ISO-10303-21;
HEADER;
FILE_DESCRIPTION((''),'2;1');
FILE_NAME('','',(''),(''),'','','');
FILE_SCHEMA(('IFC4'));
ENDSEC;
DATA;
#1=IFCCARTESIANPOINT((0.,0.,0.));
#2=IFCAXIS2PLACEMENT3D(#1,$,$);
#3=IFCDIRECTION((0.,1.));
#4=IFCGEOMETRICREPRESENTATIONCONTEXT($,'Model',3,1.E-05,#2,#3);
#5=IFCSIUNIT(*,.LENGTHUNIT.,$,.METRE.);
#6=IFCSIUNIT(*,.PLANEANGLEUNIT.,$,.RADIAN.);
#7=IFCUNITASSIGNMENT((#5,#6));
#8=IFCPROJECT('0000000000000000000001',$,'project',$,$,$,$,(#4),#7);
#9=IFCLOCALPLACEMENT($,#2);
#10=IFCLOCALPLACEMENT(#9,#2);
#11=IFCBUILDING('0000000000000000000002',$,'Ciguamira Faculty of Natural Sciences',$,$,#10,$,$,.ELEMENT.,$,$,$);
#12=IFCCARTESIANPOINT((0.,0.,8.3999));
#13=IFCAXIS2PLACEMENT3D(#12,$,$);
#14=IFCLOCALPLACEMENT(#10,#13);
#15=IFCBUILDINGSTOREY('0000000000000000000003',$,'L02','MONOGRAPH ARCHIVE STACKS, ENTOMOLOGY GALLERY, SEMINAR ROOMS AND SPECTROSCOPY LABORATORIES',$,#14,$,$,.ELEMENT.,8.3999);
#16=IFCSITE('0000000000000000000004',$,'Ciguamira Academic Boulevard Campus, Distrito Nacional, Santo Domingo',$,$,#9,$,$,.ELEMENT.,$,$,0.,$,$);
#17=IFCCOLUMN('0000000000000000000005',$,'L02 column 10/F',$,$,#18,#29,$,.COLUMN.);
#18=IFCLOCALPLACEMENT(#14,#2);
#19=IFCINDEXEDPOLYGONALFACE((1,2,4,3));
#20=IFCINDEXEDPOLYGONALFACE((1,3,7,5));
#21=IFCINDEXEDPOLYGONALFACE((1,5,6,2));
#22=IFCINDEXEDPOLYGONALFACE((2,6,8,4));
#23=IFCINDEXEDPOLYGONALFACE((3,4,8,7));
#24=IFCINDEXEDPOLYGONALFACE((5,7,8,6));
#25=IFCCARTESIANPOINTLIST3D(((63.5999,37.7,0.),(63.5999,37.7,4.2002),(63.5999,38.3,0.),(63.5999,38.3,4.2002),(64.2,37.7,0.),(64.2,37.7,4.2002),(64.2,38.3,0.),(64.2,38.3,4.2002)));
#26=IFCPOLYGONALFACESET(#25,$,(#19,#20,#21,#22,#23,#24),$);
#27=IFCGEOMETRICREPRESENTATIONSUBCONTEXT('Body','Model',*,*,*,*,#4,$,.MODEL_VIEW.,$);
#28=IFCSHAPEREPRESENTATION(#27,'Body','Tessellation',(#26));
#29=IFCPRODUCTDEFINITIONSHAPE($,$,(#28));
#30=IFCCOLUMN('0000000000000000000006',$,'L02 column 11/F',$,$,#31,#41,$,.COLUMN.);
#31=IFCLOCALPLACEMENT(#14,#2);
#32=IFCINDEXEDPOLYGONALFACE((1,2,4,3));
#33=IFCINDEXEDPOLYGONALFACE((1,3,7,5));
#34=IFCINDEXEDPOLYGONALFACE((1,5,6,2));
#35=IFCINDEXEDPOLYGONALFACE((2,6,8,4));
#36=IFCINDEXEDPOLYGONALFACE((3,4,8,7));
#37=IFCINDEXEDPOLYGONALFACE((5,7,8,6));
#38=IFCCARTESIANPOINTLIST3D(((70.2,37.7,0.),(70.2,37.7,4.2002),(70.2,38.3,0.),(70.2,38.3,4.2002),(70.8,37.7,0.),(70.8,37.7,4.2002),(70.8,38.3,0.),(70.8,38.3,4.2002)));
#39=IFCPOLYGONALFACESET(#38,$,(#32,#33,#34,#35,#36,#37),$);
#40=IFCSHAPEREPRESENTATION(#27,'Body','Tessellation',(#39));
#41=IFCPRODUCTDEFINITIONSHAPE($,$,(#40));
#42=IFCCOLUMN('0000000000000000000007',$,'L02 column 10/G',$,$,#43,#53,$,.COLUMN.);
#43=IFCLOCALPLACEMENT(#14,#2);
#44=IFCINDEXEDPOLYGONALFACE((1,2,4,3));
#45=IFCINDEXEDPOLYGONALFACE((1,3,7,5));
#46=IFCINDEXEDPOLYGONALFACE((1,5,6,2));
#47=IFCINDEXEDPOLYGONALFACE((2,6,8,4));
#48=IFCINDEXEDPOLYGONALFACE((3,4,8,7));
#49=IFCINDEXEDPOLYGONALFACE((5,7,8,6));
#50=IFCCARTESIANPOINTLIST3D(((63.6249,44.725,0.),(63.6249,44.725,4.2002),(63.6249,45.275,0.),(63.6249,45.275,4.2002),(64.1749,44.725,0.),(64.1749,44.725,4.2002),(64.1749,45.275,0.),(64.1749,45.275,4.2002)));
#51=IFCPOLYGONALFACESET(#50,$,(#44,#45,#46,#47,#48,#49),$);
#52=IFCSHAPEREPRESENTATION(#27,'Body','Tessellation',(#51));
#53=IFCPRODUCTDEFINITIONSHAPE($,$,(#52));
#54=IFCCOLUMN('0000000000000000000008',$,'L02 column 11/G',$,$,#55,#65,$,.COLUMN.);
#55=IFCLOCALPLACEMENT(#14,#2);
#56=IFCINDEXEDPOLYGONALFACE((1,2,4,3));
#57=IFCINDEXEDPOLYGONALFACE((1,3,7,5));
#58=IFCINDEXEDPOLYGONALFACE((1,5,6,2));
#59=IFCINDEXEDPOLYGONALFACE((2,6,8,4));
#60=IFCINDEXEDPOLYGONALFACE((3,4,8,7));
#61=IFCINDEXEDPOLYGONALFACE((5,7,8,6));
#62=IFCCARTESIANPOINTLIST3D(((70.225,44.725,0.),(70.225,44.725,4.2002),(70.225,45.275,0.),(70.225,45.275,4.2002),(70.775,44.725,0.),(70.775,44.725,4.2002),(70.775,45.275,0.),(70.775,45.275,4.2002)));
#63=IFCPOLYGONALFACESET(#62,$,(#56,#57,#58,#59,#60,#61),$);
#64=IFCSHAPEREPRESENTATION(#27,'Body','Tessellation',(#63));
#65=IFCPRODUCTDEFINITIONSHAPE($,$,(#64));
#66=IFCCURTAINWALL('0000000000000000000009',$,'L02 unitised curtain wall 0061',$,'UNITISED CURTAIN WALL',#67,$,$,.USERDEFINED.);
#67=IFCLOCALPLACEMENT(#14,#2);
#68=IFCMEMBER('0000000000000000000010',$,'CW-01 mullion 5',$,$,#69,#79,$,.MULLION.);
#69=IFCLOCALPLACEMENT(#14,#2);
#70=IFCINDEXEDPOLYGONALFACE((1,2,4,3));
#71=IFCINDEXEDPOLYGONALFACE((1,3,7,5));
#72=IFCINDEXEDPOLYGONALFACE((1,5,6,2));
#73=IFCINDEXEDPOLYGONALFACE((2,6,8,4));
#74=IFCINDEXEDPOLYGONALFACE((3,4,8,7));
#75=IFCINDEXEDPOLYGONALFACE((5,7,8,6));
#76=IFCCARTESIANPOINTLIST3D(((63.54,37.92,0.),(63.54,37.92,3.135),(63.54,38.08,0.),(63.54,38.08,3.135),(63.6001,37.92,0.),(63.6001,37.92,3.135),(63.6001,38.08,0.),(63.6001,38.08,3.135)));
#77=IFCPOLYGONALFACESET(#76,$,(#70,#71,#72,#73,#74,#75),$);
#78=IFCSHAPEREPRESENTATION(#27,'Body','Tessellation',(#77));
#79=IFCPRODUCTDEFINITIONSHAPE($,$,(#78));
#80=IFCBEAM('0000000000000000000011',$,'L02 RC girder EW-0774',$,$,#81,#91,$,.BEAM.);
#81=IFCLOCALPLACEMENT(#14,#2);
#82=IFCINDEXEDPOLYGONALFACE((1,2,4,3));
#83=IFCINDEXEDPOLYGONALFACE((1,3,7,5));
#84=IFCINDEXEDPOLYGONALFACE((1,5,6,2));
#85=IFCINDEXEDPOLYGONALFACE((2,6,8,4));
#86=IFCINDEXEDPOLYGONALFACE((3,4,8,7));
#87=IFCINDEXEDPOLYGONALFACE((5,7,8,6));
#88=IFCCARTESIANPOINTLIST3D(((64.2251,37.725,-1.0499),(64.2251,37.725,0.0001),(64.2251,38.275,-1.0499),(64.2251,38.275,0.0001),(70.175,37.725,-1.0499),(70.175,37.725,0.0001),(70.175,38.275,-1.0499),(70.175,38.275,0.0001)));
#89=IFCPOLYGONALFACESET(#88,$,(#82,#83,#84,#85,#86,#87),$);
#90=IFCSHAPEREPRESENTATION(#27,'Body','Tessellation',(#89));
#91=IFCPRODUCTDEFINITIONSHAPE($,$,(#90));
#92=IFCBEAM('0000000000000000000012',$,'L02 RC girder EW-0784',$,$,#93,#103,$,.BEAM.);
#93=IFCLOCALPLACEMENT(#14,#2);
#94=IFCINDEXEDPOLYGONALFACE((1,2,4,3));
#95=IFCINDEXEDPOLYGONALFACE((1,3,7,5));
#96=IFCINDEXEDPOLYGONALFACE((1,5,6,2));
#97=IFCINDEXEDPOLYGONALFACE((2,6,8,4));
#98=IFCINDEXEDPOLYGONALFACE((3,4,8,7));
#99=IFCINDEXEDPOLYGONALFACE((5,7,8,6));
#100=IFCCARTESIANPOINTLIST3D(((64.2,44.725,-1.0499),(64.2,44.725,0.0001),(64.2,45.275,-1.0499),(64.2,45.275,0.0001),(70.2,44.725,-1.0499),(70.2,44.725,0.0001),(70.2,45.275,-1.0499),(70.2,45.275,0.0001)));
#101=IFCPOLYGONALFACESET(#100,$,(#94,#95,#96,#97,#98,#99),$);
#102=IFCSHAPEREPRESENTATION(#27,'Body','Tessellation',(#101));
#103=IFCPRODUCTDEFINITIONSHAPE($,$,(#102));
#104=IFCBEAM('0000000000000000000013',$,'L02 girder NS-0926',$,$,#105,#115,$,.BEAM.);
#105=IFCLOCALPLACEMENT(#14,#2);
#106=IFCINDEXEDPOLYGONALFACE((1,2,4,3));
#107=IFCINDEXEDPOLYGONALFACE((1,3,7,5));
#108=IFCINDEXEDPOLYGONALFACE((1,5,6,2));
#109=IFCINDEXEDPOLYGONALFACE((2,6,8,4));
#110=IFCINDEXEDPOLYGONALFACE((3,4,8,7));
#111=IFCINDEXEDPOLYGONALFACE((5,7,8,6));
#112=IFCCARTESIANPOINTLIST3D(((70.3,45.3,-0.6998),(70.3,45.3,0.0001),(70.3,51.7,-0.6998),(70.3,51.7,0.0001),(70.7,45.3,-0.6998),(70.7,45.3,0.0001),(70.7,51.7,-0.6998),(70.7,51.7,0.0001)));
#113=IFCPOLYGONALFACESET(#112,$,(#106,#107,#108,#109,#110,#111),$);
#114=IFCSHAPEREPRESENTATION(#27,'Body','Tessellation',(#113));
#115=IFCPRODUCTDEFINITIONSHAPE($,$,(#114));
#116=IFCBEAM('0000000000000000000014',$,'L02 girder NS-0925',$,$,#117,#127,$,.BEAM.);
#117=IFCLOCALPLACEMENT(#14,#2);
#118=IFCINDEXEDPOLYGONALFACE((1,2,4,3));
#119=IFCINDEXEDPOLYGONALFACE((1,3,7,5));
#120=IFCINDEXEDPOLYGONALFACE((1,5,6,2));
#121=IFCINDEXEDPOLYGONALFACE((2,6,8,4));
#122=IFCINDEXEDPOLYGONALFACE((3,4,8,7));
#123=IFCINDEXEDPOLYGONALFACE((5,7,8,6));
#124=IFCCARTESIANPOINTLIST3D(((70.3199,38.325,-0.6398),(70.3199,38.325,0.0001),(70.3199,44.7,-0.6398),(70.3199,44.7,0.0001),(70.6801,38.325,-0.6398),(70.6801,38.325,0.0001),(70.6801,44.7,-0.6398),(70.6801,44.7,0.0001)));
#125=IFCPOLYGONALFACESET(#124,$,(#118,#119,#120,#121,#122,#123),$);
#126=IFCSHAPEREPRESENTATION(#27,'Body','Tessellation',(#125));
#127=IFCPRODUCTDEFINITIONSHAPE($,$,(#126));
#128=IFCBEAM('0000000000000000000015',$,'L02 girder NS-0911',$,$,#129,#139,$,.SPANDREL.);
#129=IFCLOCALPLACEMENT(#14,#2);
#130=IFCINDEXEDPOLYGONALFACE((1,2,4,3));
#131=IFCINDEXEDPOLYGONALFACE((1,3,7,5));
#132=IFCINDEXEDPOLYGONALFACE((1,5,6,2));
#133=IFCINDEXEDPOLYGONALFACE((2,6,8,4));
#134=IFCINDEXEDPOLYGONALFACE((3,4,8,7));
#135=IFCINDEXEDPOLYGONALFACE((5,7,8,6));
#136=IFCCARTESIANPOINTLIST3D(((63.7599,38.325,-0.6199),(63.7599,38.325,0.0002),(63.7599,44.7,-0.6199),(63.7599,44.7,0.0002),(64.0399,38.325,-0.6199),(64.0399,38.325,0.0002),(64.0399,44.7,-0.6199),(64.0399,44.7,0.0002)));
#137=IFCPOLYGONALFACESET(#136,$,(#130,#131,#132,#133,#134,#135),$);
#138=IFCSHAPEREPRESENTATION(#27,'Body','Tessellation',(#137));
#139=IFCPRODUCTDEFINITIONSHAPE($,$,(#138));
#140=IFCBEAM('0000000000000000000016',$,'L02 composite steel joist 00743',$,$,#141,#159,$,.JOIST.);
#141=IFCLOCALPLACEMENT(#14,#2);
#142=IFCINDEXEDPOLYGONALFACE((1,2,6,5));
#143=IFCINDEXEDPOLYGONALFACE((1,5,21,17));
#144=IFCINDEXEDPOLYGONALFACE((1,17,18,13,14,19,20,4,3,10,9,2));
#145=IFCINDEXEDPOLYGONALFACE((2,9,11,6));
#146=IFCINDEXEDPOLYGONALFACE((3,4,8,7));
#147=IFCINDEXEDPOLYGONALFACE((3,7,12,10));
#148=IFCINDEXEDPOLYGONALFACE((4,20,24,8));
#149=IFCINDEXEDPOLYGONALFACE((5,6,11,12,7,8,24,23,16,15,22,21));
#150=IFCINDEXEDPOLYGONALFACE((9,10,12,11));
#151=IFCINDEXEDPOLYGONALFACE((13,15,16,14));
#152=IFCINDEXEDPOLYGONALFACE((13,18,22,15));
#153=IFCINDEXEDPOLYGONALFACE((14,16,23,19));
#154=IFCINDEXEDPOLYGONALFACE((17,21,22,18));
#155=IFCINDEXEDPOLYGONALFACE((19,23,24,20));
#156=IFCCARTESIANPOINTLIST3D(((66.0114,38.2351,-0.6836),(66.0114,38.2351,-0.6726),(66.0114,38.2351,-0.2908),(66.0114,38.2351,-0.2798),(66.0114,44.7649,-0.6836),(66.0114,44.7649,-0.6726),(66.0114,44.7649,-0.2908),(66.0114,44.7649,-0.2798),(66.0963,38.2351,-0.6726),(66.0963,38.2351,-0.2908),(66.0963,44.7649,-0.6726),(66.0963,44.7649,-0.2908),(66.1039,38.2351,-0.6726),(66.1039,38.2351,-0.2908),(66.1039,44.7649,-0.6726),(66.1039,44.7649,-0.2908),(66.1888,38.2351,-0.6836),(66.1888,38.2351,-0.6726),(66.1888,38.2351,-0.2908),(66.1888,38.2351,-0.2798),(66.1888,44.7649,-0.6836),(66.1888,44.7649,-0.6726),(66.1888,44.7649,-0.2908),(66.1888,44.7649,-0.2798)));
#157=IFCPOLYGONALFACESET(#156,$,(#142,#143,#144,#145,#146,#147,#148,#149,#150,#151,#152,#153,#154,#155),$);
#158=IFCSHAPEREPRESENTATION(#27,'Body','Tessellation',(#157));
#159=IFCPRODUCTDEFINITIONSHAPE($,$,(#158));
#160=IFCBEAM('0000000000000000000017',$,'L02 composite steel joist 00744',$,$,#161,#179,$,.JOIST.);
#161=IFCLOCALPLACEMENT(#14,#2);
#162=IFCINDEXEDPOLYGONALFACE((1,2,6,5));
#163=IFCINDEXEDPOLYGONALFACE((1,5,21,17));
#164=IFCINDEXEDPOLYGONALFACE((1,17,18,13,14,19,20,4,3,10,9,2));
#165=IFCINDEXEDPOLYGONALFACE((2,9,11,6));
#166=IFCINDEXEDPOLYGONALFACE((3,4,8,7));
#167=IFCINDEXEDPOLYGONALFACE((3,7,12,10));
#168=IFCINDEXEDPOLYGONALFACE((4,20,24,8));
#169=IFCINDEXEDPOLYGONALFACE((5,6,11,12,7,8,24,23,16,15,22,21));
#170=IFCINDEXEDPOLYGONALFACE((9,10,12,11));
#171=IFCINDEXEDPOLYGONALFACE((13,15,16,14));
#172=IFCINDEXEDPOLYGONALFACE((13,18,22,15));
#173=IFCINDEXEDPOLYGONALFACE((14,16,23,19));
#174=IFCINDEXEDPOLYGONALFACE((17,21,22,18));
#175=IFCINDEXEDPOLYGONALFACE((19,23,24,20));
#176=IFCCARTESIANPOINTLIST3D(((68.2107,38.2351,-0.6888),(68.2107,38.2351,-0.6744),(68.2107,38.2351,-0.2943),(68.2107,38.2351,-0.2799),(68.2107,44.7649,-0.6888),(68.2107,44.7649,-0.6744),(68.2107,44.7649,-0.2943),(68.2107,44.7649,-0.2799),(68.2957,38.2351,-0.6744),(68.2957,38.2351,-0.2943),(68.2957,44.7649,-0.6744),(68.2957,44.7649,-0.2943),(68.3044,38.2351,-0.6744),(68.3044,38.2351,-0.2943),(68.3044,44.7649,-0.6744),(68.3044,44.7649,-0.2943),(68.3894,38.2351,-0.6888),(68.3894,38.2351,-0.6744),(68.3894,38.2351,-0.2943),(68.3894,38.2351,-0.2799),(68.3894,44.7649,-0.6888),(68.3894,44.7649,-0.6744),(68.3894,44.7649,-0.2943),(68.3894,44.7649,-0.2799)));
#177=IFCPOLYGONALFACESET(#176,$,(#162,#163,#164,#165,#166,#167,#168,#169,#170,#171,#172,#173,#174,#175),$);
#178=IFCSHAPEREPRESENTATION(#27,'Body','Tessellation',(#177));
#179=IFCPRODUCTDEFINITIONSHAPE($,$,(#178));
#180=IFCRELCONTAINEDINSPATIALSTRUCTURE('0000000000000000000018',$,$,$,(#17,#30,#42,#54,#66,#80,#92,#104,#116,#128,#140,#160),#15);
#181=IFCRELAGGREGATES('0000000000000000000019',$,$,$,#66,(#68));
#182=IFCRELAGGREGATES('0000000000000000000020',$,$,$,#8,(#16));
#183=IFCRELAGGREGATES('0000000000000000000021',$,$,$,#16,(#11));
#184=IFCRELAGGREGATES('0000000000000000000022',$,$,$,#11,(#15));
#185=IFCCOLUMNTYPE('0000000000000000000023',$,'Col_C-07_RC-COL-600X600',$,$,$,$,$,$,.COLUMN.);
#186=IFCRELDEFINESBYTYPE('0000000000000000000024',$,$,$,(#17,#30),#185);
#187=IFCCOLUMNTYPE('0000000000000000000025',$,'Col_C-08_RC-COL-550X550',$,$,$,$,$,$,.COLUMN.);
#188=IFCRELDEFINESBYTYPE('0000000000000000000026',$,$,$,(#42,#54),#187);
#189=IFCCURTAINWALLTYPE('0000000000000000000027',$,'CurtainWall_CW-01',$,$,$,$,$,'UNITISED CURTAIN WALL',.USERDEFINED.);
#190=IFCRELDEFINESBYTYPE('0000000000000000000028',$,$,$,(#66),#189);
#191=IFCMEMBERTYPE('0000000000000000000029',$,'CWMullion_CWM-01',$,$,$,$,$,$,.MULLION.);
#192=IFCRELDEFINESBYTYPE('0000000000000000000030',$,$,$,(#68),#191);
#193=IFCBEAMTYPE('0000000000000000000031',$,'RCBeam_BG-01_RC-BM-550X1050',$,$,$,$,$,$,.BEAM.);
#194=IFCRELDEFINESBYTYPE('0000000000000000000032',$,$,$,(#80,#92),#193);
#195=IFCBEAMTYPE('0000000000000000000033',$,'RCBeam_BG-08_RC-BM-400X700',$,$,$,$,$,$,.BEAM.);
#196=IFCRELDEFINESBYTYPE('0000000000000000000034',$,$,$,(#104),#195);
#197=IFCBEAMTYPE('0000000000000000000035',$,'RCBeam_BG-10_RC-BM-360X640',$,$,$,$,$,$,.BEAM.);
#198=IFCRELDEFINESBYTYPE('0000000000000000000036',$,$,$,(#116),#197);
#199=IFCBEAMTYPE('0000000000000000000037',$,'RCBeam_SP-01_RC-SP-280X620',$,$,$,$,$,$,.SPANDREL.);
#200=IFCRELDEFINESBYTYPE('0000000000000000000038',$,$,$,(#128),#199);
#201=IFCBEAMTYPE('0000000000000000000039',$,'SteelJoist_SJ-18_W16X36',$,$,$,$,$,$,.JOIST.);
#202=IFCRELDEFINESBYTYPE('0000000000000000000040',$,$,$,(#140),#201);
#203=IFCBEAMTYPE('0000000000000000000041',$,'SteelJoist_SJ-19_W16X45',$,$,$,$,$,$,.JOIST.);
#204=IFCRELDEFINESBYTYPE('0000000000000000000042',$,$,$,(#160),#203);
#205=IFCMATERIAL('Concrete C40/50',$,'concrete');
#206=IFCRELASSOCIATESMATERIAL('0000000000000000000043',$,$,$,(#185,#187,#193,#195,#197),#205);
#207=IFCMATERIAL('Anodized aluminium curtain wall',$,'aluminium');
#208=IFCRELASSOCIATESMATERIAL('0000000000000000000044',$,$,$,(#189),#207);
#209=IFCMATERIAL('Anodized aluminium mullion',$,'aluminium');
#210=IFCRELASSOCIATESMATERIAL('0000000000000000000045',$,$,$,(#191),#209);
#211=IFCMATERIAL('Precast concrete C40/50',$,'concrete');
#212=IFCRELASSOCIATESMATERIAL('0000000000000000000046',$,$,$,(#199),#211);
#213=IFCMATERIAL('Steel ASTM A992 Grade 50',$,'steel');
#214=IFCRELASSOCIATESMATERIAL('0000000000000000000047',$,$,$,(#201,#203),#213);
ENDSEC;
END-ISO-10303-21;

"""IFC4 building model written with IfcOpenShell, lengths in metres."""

from ifc_helpers import new_model, si_unit, direction, frame, origin, origin_2d, place, context, subcontext, project, spatial, rectangle, i_section, extrude, material, material_profile, profile_set, type_object, element, aggregate, save


model = new_model("IFC4")

# Units and contexts
model_context = context("Model", 3, precision=1e-05, world=origin(), true_north=direction((0.0, 1.0)))
body_context = subcontext(model_context, "Body", "Model", "MODEL_VIEW")
ifc_project = project(units=[si_unit("LENGTHUNIT", "METRE"), si_unit("PLANEANGLEUNIT", "RADIAN")], contexts=[model_context])

# Site, building, storey
site_placement = place(None, origin())
site = spatial("IfcSite", under=ifc_project, at=site_placement, Name="Ciguamira Academic Boulevard Campus, Distrito Nacional, Santo Domingo", CompositionType="ELEMENT", RefElevation=0.0)
building_placement = place(site_placement, origin())
building = spatial("IfcBuilding", under=site, at=building_placement, Name="Ciguamira Faculty of Natural Sciences", CompositionType="ELEMENT")
storey_placement = place(building_placement, frame((0.0, 0.0, 8.3999)))
storey = spatial("IfcBuildingStorey", under=building, at=storey_placement, Name="L02", Description="MONOGRAPH ARCHIVE STACKS, ENTOMOLOGY GALLERY, SEMINAR ROOMS AND SPECTROSCOPY LABORATORIES", CompositionType="ELEMENT", Elevation=8.3999)

# Columns
ifc_material_1 = material(Name="Concrete C40/50", Category="concrete")
ifc_material_profile_1 = material_profile(ifc_material_1, rectangle(XDim=0.6001, YDim=0.6001, at=origin_2d()), Name="RC-COL-600X600")
ifc_profile_set_1 = profile_set([ifc_material_profile_1], Name="Concrete C40/50")
column_type_1 = type_object("IfcColumnType", Name="Col_C-07_RC-COL-600X600", PredefinedType="COLUMN", material=ifc_profile_set_1)
for number, where, z_axis, x_axis, name in (
    (1, (63.8999, 38.0, 0.0), (0.0, 0.0, 1.0), (1.0, 0.0, 0.0), "L02 column 10/F"),
    (2, (70.5, 38.0, 0.0), (0.0, 0.0, 1.0), (1.0, 0.0, 0.0), "L02 column 11/F"),
):
    element("IfcColumn", number, at=place(storey_placement, frame(where, z_axis=z_axis, x_axis=x_axis)), inside=storey, type_object=column_type_1, Name=name, PredefinedType="COLUMN", context=body_context, shape_type="SweptSolid", body=[
        extrude(rectangle(XDim=0.6001, YDim=0.6001, at=origin_2d()), origin(), (0.0, 0.0, 1.0), 4.2002),
    ])
ifc_material_profile_2 = material_profile(ifc_material_1, rectangle(XDim=0.55, YDim=0.55, at=origin_2d()), Name="RC-COL-550X550")
ifc_profile_set_2 = profile_set([ifc_material_profile_2], Name="Concrete C40/50")
column_type_2 = type_object("IfcColumnType", Name="Col_C-08_RC-COL-550X550", PredefinedType="COLUMN", material=ifc_profile_set_2)
for number, where, z_axis, x_axis, name in (
    (3, (63.8999, 45.0, 0.0), (0.0, 0.0, 1.0), (1.0, 0.0, 0.0), "L02 column 10/G"),
    (4, (70.5, 45.0, 0.0), (0.0, 0.0, 1.0), (1.0, 0.0, 0.0), "L02 column 11/G"),
):
    element("IfcColumn", number, at=place(storey_placement, frame(where, z_axis=z_axis, x_axis=x_axis)), inside=storey, type_object=column_type_2, Name=name, PredefinedType="COLUMN", context=body_context, shape_type="SweptSolid", body=[
        extrude(rectangle(XDim=0.55, YDim=0.55, at=origin_2d()), origin(), (0.0, 0.0, 1.0), 4.2002),
    ])

# Curtain wall, member
ifc_material_2 = material(Name="Anodized aluminium curtain wall", Category="aluminium")
curtain_wall_type = type_object("IfcCurtainWallType", Name="CurtainWall_CW-01", ElementType="UNITISED CURTAIN WALL", PredefinedType="USERDEFINED", material=ifc_material_2)
curtain_wall_placement = place(storey_placement, origin())
curtain_wall = element("IfcCurtainWall", 5, at=curtain_wall_placement, inside=storey, type_object=curtain_wall_type, Name="L02 unitised curtain wall 0061", ObjectType="UNITISED CURTAIN WALL", PredefinedType="USERDEFINED")
ifc_material_3 = material(Name="Anodized aluminium mullion", Category="aluminium")
ifc_material_profile_3 = material_profile(ifc_material_3, rectangle(XDim=0.0601, YDim=0.1599, at=origin_2d()), Name="ALU-MUL-60X160")
ifc_profile_set_3 = profile_set([ifc_material_profile_3], Name="Anodized aluminium mullion")
member_type = type_object("IfcMemberType", Name="CWMullion_CWM-01", PredefinedType="MULLION", material=ifc_profile_set_3)
member_placement = place(storey_placement, frame((63.5701, 38.0, 0.0), z_axis=(0.0, 0.0, 1.0), x_axis=(1.0, 0.0, 0.0)))
member = element("IfcMember", 6, at=member_placement, type_object=member_type, Name="CW-01 mullion 5", PredefinedType="MULLION", context=body_context, shape_type="SweptSolid", body=[
    extrude(rectangle(XDim=0.0601, YDim=0.1599, at=origin_2d()), origin(), (0.0, 0.0, 1.0), 3.135),
])

# Beams
ifc_material_profile_4 = material_profile(ifc_material_1, rectangle(XDim=0.55, YDim=1.05, at=origin_2d()), Name="RC-BM-550X1050")
ifc_profile_set_4 = profile_set([ifc_material_profile_4], Name="Concrete C40/50")
beam_type_1 = type_object("IfcBeamType", Name="RCBeam_BG-01_RC-BM-550X1050", PredefinedType="BEAM", material=ifc_profile_set_4)
beam_1_placement = place(storey_placement, frame((64.2251, 38.0, -0.5249), z_axis=(1.0, 0.0, 0.0), x_axis=(0.0, 1.0, 0.0)))
element("IfcBeam", 7, at=beam_1_placement, inside=storey, type_object=beam_type_1, Name="L02 RC girder EW-0774", PredefinedType="BEAM", context=body_context, shape_type="SweptSolid", body=[
    extrude(rectangle(XDim=0.55, YDim=1.05, at=origin_2d()), origin(), (0.0, 0.0, 1.0), 5.95),
])
beam_2_placement = place(storey_placement, frame((64.2, 45.0, -0.5249), z_axis=(1.0, 0.0, 0.0), x_axis=(0.0, 1.0, 0.0)))
element("IfcBeam", 8, at=beam_2_placement, inside=storey, type_object=beam_type_1, Name="L02 RC girder EW-0784", PredefinedType="BEAM", context=body_context, shape_type="SweptSolid", body=[
    extrude(rectangle(XDim=0.55, YDim=1.05, at=origin_2d()), origin(), (0.0, 0.0, 1.0), 6.0),
])
ifc_material_profile_5 = material_profile(ifc_material_1, rectangle(XDim=0.3999, YDim=0.7, at=origin_2d()), Name="RC-BM-400X700")
ifc_profile_set_5 = profile_set([ifc_material_profile_5], Name="Concrete C40/50")
beam_type_2 = type_object("IfcBeamType", Name="RCBeam_BG-08_RC-BM-400X700", PredefinedType="BEAM", material=ifc_profile_set_5)
beam_3_placement = place(storey_placement, frame((70.5, 45.3, -0.3499), z_axis=(0.0, 1.0, 0.0), x_axis=(-1.0, 0.0, 0.0)))
element("IfcBeam", 9, at=beam_3_placement, inside=storey, type_object=beam_type_2, Name="L02 girder NS-0926", PredefinedType="BEAM", context=body_context, shape_type="SweptSolid", body=[
    extrude(rectangle(XDim=0.3999, YDim=0.7, at=origin_2d()), origin(), (0.0, 0.0, 1.0), 6.3999),
])
ifc_material_profile_6 = material_profile(ifc_material_1, rectangle(XDim=0.3601, YDim=0.6399, at=origin_2d()), Name="RC-BM-360X640")
ifc_profile_set_6 = profile_set([ifc_material_profile_6], Name="Concrete C40/50")
beam_type_3 = type_object("IfcBeamType", Name="RCBeam_BG-10_RC-BM-360X640", PredefinedType="BEAM", material=ifc_profile_set_6)
beam_4_placement = place(storey_placement, frame((70.5, 38.325, -0.3198), z_axis=(0.0, 1.0, 0.0), x_axis=(-1.0, 0.0, 0.0)))
element("IfcBeam", 10, at=beam_4_placement, inside=storey, type_object=beam_type_3, Name="L02 girder NS-0925", PredefinedType="BEAM", context=body_context, shape_type="SweptSolid", body=[
    extrude(rectangle(XDim=0.3601, YDim=0.6399, at=origin_2d()), origin(), (0.0, 0.0, 1.0), 6.375),
])
ifc_material_4 = material(Name="Precast concrete C40/50", Category="concrete")
ifc_material_profile_7 = material_profile(ifc_material_4, rectangle(XDim=0.28, YDim=0.6201, at=origin_2d()), Name="RC-SP-280X620")
ifc_profile_set_7 = profile_set([ifc_material_profile_7], Name="Precast concrete C40/50")
beam_type_4 = type_object("IfcBeamType", Name="RCBeam_SP-01_RC-SP-280X620", PredefinedType="SPANDREL", material=ifc_profile_set_7)
beam_5_placement = place(storey_placement, frame((63.8999, 38.325, -0.3098), z_axis=(0.0, 1.0, 0.0), x_axis=(-1.0, 0.0, 0.0)))
element("IfcBeam", 11, at=beam_5_placement, inside=storey, type_object=beam_type_4, Name="L02 girder NS-0911", PredefinedType="SPANDREL", context=body_context, shape_type="SweptSolid", body=[
    extrude(rectangle(XDim=0.28, YDim=0.6201, at=origin_2d()), origin(), (0.0, 0.0, 1.0), 6.375),
])
ifc_material_5 = material(Name="Steel ASTM A992 Grade 50", Category="steel")
ifc_material_profile_8 = material_profile(ifc_material_5, i_section(OverallWidth=0.1775, OverallDepth=0.4038, WebThickness=0.0076, FlangeThickness=0.011, at=origin_2d()), Name="W16X36")
ifc_profile_set_8 = profile_set([ifc_material_profile_8], Name="Steel ASTM A992 Grade 50")
beam_type_5 = type_object("IfcBeamType", Name="SteelJoist_SJ-18_W16X36", PredefinedType="JOIST", material=ifc_profile_set_8)
beam_6_placement = place(storey_placement, frame((66.1001, 38.2351, -0.4817), z_axis=(0.0, 1.0, 0.0), x_axis=(-1.0, 0.0, 0.0)))
element("IfcBeam", 12, at=beam_6_placement, inside=storey, type_object=beam_type_5, Name="L02 composite steel joist 00743", PredefinedType="JOIST", context=body_context, shape_type="SweptSolid", body=[
    extrude(i_section(OverallWidth=0.1775, OverallDepth=0.4038, WebThickness=0.0076, FlangeThickness=0.011, at=origin_2d()), origin(), (0.0, 0.0, 1.0), 6.5298),
])
ifc_material_profile_9 = material_profile(ifc_material_5, i_section(OverallWidth=0.1787, OverallDepth=0.4089, WebThickness=0.0088, FlangeThickness=0.0144, at=origin_2d()), Name="W16X45")
ifc_profile_set_9 = profile_set([ifc_material_profile_9], Name="Steel ASTM A992 Grade 50")
beam_type_6 = type_object("IfcBeamType", Name="SteelJoist_SJ-19_W16X45", PredefinedType="JOIST", material=ifc_profile_set_9)
beam_7_placement = place(storey_placement, frame((68.3, 38.2351, -0.4844), z_axis=(0.0, 1.0, 0.0), x_axis=(-1.0, 0.0, 0.0)))
element("IfcBeam", 13, at=beam_7_placement, inside=storey, type_object=beam_type_6, Name="L02 composite steel joist 00744", PredefinedType="JOIST", context=body_context, shape_type="SweptSolid", body=[
    extrude(i_section(OverallWidth=0.1787, OverallDepth=0.4089, WebThickness=0.0088, FlangeThickness=0.0144, at=origin_2d()), origin(), (0.0, 0.0, 1.0), 6.5298),
])

aggregate(curtain_wall, [member])

save(model, "model.ifc")
